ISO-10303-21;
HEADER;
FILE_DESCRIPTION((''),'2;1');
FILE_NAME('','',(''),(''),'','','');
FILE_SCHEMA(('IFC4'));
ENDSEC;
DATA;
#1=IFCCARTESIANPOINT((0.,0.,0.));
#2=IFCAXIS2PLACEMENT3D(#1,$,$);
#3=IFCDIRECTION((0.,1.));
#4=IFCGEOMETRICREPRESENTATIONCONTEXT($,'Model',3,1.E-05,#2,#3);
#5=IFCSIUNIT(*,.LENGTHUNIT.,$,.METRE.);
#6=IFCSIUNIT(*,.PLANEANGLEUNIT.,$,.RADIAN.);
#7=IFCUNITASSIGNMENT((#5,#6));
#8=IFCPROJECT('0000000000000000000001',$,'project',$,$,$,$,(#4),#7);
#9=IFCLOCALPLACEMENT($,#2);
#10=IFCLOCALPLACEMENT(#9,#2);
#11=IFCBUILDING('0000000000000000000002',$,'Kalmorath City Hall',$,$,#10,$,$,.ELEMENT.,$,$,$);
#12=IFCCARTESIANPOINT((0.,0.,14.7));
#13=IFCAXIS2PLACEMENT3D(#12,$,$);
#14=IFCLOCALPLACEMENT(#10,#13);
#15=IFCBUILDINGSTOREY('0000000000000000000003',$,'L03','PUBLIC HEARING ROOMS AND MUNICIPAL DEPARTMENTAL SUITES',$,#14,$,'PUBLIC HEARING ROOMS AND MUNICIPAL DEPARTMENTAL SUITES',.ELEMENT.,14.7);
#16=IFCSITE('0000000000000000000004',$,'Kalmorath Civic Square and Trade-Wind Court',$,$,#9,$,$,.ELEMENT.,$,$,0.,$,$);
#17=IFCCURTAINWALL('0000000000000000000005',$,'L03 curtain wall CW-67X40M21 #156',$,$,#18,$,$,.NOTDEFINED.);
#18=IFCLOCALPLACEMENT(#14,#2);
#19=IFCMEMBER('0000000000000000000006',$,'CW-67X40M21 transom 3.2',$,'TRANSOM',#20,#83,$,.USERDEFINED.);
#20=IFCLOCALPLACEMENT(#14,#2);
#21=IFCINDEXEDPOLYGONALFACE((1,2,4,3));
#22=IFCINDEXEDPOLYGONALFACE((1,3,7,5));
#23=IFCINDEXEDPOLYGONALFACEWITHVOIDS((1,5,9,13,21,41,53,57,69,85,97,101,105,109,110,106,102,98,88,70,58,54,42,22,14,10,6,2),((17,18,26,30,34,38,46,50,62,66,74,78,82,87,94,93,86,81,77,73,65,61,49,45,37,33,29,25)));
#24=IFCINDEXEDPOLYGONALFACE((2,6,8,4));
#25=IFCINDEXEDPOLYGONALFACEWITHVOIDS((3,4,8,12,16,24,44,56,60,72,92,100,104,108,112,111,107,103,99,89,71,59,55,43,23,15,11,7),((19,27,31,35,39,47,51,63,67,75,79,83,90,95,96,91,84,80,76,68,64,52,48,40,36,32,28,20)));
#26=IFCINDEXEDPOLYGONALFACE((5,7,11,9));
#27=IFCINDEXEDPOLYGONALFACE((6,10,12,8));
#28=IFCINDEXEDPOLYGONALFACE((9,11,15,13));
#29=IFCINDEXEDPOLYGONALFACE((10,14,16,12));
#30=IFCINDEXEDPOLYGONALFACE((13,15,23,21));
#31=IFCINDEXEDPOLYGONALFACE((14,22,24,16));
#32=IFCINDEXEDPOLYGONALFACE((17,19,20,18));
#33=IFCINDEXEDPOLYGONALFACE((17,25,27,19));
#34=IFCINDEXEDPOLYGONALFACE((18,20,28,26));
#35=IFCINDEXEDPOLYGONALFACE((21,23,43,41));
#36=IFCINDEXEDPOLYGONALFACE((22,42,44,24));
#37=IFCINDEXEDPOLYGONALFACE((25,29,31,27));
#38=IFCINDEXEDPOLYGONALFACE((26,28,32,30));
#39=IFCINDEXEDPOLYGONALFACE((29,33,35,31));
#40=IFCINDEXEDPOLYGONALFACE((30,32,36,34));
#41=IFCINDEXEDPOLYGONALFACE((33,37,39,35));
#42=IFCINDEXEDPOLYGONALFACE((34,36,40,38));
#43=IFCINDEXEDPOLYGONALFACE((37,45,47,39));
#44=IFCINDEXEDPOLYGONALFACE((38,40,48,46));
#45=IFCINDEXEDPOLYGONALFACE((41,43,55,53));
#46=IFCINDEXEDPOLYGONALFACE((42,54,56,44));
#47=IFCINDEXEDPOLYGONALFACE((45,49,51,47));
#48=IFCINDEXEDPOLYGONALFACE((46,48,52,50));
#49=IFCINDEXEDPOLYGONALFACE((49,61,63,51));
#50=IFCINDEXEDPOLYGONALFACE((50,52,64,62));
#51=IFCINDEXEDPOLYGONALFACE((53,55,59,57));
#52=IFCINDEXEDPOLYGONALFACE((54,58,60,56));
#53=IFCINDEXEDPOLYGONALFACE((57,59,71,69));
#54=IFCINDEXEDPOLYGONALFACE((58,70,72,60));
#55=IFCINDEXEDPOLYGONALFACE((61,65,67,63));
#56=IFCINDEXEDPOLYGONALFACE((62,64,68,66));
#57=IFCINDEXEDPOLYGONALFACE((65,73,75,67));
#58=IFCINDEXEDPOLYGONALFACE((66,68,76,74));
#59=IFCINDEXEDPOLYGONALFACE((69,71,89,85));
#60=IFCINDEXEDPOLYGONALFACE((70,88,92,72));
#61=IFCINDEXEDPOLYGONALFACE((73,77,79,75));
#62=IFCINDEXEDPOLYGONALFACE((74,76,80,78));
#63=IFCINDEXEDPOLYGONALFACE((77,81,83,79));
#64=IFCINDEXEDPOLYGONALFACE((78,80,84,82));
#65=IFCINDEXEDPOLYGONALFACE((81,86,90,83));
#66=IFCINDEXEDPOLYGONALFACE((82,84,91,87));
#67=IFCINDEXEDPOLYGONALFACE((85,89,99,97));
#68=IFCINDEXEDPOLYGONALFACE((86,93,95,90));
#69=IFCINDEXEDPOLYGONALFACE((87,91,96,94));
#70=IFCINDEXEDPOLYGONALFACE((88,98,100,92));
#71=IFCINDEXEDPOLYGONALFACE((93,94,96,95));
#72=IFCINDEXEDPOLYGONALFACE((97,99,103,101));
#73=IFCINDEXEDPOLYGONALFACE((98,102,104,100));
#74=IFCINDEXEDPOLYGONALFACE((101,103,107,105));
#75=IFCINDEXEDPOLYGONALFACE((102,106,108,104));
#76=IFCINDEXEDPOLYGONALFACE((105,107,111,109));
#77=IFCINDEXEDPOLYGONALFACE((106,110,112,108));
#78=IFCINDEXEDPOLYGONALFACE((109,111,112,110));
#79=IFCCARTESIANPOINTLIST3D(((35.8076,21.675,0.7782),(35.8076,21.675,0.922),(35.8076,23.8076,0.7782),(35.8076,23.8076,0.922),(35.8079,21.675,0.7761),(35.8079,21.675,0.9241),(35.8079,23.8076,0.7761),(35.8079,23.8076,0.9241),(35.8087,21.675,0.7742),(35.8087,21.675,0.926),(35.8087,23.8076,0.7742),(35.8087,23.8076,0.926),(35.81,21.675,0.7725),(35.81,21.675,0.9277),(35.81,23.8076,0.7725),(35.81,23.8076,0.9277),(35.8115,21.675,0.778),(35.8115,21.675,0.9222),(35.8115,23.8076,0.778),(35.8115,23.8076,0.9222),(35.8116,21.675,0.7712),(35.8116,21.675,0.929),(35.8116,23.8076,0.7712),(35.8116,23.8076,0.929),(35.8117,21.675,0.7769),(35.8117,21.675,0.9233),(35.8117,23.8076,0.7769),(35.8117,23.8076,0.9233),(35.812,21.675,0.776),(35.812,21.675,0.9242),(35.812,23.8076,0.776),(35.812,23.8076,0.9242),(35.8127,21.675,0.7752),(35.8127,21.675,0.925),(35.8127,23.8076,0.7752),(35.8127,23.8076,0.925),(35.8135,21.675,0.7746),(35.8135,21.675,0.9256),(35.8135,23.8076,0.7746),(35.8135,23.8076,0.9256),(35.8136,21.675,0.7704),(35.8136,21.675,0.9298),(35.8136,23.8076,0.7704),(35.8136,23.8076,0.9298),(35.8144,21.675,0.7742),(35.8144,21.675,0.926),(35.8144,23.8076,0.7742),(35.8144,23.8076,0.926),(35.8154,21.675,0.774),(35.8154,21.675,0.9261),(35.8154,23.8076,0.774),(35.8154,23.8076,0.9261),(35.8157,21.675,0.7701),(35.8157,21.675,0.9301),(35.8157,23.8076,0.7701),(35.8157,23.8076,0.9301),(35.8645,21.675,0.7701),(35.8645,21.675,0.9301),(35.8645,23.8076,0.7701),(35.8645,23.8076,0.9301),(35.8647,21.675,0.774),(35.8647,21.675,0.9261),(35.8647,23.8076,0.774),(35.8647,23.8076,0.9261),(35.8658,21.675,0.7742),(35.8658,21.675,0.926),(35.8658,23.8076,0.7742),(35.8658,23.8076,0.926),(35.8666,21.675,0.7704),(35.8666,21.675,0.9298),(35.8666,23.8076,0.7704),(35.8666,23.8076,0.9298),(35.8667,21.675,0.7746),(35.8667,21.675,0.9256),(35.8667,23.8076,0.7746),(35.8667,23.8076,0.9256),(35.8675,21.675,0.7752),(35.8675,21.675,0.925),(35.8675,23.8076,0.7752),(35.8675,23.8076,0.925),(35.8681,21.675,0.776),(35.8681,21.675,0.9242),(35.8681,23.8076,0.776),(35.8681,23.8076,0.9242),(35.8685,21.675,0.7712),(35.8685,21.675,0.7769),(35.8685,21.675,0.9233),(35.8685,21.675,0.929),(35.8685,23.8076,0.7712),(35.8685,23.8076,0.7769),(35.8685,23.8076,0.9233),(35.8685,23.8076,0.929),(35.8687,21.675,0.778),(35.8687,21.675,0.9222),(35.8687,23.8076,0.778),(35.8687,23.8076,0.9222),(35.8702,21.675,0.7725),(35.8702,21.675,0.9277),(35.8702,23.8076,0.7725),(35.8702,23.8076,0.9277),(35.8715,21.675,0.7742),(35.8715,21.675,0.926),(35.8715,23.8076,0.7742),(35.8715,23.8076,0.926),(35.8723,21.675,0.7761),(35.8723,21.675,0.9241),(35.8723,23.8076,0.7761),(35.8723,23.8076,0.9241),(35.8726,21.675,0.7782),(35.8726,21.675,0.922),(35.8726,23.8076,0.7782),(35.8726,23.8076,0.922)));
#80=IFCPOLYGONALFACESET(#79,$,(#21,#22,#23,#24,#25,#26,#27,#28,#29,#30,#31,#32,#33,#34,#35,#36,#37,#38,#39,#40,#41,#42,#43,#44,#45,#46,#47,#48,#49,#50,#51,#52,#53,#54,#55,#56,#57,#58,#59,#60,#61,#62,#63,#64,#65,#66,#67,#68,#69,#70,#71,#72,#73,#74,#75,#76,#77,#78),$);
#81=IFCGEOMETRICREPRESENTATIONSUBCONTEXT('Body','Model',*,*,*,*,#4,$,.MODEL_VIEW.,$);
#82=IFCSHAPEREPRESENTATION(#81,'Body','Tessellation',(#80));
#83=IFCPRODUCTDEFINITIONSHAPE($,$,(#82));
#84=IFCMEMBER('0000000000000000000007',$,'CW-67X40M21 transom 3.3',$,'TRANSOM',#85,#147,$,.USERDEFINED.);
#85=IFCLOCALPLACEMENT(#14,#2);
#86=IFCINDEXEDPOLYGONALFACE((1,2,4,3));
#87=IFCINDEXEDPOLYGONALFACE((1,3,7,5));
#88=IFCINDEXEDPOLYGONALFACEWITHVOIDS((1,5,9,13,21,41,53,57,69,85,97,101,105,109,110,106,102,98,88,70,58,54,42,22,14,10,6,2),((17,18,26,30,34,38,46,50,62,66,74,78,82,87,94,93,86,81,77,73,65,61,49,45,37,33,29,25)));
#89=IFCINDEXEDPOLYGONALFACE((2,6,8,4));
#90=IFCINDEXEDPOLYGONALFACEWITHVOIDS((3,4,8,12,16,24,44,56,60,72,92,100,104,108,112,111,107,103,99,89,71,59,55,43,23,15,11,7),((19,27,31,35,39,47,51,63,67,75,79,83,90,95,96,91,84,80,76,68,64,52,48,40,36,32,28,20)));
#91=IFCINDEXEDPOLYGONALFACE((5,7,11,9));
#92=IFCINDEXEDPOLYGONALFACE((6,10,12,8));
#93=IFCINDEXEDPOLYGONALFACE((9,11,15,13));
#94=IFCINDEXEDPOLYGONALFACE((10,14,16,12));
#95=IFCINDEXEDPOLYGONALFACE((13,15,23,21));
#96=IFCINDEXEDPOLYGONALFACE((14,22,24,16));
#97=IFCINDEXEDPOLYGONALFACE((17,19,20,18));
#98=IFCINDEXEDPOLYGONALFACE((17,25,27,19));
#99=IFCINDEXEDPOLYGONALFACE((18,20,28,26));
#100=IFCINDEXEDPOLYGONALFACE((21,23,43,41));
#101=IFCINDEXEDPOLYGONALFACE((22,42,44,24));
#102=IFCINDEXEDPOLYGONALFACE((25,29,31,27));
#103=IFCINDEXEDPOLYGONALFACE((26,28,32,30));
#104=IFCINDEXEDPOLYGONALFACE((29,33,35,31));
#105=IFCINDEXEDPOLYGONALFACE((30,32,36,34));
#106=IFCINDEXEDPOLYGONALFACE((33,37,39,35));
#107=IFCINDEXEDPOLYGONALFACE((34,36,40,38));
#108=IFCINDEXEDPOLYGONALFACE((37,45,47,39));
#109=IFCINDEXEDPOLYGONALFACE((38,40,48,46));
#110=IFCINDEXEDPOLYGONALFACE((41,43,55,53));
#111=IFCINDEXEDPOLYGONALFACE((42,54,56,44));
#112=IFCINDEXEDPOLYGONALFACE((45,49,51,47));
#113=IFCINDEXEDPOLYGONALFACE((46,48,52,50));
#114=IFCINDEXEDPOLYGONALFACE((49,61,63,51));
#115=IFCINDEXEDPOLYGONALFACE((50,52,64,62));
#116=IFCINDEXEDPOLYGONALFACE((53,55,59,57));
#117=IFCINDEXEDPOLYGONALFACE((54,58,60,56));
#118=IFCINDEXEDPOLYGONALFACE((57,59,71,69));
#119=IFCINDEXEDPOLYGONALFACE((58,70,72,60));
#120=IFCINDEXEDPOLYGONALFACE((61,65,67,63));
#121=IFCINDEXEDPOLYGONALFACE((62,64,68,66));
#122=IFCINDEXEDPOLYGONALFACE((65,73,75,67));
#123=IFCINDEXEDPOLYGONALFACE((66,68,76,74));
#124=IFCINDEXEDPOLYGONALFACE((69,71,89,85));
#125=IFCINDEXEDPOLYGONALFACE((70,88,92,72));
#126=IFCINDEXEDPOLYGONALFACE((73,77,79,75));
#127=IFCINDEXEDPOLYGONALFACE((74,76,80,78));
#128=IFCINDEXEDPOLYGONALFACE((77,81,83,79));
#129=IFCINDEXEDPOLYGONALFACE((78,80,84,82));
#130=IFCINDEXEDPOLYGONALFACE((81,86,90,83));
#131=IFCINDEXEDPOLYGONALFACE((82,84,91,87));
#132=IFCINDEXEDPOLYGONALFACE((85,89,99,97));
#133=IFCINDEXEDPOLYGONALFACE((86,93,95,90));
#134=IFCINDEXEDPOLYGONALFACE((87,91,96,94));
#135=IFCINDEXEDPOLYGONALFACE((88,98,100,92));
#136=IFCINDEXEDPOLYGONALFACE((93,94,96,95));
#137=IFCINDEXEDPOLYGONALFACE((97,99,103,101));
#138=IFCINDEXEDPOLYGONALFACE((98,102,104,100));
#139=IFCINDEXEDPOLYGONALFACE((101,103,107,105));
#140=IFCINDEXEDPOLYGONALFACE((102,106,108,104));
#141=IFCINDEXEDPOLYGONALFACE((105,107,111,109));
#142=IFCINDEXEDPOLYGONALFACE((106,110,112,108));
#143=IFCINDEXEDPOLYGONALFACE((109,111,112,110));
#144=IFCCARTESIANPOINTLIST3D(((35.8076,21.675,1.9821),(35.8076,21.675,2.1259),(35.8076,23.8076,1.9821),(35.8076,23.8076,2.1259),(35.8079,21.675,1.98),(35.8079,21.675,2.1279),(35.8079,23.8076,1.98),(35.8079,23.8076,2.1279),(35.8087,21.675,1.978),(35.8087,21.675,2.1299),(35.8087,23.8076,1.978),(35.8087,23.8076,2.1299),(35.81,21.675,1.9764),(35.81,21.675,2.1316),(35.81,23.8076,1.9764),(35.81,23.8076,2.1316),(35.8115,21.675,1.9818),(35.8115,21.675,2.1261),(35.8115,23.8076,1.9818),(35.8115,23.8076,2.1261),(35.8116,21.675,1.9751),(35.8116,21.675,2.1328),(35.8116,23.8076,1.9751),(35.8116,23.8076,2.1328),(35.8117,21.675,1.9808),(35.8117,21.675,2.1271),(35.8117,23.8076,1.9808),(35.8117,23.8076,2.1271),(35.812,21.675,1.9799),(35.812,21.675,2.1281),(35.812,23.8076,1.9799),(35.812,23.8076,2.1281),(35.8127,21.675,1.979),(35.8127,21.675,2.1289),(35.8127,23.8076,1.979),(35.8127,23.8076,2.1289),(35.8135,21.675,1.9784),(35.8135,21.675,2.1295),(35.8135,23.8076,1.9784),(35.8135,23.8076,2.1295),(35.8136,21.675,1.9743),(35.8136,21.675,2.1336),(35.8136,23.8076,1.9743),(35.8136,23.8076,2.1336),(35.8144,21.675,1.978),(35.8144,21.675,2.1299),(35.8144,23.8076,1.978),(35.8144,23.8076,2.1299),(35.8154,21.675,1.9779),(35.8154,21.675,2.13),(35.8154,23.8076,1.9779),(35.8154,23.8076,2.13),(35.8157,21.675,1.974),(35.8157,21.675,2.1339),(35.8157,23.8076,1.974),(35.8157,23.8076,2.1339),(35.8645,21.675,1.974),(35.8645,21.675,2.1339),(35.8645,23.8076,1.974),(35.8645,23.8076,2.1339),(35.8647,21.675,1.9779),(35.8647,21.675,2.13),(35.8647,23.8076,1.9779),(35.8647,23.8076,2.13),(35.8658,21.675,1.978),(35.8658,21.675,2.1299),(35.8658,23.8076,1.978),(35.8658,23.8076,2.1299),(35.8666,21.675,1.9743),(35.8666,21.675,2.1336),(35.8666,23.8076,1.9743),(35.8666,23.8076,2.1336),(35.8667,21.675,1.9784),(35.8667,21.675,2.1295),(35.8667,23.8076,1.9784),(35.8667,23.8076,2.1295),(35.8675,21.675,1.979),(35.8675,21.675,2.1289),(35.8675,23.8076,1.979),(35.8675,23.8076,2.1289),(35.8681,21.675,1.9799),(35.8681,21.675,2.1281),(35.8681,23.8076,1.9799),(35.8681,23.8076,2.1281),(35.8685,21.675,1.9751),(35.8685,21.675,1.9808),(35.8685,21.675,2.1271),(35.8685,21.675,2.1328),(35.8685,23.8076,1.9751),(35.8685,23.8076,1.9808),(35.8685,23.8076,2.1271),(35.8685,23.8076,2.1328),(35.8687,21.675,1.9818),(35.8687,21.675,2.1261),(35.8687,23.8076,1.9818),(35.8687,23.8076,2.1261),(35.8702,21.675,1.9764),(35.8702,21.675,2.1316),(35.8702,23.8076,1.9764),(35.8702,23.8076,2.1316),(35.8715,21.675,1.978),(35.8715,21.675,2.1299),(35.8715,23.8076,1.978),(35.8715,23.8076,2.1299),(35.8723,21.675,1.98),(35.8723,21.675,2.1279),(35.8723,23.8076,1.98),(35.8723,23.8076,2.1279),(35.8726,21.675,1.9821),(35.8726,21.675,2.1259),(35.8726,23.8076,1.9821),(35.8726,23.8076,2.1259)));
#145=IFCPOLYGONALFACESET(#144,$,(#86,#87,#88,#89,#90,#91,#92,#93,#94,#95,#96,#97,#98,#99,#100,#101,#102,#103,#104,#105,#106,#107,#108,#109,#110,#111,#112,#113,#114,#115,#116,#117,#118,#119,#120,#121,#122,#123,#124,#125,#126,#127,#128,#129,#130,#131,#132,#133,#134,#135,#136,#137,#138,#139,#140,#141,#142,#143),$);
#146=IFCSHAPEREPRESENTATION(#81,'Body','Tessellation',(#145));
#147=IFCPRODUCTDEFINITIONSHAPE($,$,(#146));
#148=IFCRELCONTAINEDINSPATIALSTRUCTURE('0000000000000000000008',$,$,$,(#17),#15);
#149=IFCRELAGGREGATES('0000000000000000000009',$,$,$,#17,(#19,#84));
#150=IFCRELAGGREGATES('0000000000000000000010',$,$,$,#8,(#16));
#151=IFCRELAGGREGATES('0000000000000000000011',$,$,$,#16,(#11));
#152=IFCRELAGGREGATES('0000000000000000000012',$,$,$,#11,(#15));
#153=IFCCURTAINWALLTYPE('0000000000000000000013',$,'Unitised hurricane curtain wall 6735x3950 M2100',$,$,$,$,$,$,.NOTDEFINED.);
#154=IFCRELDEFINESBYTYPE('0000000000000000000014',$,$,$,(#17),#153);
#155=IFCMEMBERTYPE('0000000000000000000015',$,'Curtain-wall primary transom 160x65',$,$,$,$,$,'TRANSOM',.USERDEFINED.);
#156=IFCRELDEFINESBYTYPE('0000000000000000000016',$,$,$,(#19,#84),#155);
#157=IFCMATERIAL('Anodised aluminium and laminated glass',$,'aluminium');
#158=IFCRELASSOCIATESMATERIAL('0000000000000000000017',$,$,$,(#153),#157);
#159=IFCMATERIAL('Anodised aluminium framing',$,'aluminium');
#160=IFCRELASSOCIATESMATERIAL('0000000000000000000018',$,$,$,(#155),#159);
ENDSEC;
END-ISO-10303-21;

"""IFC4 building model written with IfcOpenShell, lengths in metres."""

from ifc_helpers import new_model, si_unit, direction, frame, origin, origin_2d, place, context, subcontext, project, spatial, hollow_rectangle, extrude, material, material_profile, profile_set, type_object, element, aggregate, save


model = new_model("IFC4")

# Units and contexts
model_context = context("Model", 3, precision=1e-05, world=origin(), true_north=direction((0.0, 1.0)))
body_context = subcontext(model_context, "Body", "Model", "MODEL_VIEW")
ifc_project = project(units=[si_unit("LENGTHUNIT", "METRE"), si_unit("PLANEANGLEUNIT", "RADIAN")], contexts=[model_context])

# Site, building, storey
site_placement = place(None, origin())
site = spatial("IfcSite", under=ifc_project, at=site_placement, Name="Kalmorath Civic Square and Trade-Wind Court", CompositionType="ELEMENT", RefElevation=0.0)
building_placement = place(site_placement, origin())
building = spatial("IfcBuilding", under=site, at=building_placement, Name="Kalmorath City Hall", CompositionType="ELEMENT")
storey_placement = place(building_placement, frame((0.0, 0.0, 14.7)))
storey = spatial("IfcBuildingStorey", under=building, at=storey_placement, Name="L03", Description="PUBLIC HEARING ROOMS AND MUNICIPAL DEPARTMENTAL SUITES", LongName="PUBLIC HEARING ROOMS AND MUNICIPAL DEPARTMENTAL SUITES", CompositionType="ELEMENT", Elevation=14.7)

# Curtain wall, members
ifc_material_1 = material(Name="Anodised aluminium and laminated glass", Category="aluminium")
curtain_wall_type = type_object("IfcCurtainWallType", Name="Unitised hurricane curtain wall 6735x3950 M2100", PredefinedType="NOTDEFINED", material=ifc_material_1)
curtain_wall_placement = place(storey_placement, origin())
curtain_wall = element("IfcCurtainWall", 1, at=curtain_wall_placement, inside=storey, type_object=curtain_wall_type, Name="L03 curtain wall CW-67X40M21 #156", PredefinedType="NOTDEFINED")
ifc_material_2 = material(Name="Anodised aluminium framing", Category="aluminium")
ifc_material_profile_1 = material_profile(ifc_material_2, hollow_rectangle(XDim=0.0649, YDim=0.1599, WallThickness=0.0039, InnerFilletRadius=0.0039, OuterFilletRadius=0.0081, at=origin_2d()), Name="ALU-TRN-160X65X4")
ifc_profile_set_1 = profile_set([ifc_material_profile_1], Name="Anodised aluminium framing")
member_type = type_object("IfcMemberType", Name="Curtain-wall primary transom 160x65", ElementType="TRANSOM", PredefinedType="USERDEFINED", material=ifc_profile_set_1)
member_1_placement = place(storey_placement, frame((35.8401, 23.8076, 0.8501), z_axis=(0.0, -1.0, 0.0), x_axis=(1.0, 0.0, 0.0)))
member_1 = element("IfcMember", 2, at=member_1_placement, type_object=member_type, Name="CW-67X40M21 transom 3.2", ObjectType="TRANSOM", PredefinedType="USERDEFINED", context=body_context, shape_type="SweptSolid", body=[
    extrude(hollow_rectangle(XDim=0.0649, YDim=0.1599, WallThickness=0.0039, InnerFilletRadius=0.0039, OuterFilletRadius=0.0081, at=origin_2d()), origin(), (0.0, 0.0, 1.0), 2.1326),
])
member_2_placement = place(storey_placement, frame((35.8401, 23.8076, 2.054), z_axis=(0.0, -1.0, 0.0), x_axis=(1.0, 0.0, 0.0)))
member_2 = element("IfcMember", 3, at=member_2_placement, type_object=member_type, Name="CW-67X40M21 transom 3.3", ObjectType="TRANSOM", PredefinedType="USERDEFINED", context=body_context, shape_type="SweptSolid", body=[
    extrude(hollow_rectangle(XDim=0.0649, YDim=0.1599, WallThickness=0.0039, InnerFilletRadius=0.0039, OuterFilletRadius=0.0081, at=origin_2d()), origin(), (0.0, 0.0, 1.0), 2.1326),
])

aggregate(curtain_wall, [member_1, member_2])

save(model, "model.ifc")
